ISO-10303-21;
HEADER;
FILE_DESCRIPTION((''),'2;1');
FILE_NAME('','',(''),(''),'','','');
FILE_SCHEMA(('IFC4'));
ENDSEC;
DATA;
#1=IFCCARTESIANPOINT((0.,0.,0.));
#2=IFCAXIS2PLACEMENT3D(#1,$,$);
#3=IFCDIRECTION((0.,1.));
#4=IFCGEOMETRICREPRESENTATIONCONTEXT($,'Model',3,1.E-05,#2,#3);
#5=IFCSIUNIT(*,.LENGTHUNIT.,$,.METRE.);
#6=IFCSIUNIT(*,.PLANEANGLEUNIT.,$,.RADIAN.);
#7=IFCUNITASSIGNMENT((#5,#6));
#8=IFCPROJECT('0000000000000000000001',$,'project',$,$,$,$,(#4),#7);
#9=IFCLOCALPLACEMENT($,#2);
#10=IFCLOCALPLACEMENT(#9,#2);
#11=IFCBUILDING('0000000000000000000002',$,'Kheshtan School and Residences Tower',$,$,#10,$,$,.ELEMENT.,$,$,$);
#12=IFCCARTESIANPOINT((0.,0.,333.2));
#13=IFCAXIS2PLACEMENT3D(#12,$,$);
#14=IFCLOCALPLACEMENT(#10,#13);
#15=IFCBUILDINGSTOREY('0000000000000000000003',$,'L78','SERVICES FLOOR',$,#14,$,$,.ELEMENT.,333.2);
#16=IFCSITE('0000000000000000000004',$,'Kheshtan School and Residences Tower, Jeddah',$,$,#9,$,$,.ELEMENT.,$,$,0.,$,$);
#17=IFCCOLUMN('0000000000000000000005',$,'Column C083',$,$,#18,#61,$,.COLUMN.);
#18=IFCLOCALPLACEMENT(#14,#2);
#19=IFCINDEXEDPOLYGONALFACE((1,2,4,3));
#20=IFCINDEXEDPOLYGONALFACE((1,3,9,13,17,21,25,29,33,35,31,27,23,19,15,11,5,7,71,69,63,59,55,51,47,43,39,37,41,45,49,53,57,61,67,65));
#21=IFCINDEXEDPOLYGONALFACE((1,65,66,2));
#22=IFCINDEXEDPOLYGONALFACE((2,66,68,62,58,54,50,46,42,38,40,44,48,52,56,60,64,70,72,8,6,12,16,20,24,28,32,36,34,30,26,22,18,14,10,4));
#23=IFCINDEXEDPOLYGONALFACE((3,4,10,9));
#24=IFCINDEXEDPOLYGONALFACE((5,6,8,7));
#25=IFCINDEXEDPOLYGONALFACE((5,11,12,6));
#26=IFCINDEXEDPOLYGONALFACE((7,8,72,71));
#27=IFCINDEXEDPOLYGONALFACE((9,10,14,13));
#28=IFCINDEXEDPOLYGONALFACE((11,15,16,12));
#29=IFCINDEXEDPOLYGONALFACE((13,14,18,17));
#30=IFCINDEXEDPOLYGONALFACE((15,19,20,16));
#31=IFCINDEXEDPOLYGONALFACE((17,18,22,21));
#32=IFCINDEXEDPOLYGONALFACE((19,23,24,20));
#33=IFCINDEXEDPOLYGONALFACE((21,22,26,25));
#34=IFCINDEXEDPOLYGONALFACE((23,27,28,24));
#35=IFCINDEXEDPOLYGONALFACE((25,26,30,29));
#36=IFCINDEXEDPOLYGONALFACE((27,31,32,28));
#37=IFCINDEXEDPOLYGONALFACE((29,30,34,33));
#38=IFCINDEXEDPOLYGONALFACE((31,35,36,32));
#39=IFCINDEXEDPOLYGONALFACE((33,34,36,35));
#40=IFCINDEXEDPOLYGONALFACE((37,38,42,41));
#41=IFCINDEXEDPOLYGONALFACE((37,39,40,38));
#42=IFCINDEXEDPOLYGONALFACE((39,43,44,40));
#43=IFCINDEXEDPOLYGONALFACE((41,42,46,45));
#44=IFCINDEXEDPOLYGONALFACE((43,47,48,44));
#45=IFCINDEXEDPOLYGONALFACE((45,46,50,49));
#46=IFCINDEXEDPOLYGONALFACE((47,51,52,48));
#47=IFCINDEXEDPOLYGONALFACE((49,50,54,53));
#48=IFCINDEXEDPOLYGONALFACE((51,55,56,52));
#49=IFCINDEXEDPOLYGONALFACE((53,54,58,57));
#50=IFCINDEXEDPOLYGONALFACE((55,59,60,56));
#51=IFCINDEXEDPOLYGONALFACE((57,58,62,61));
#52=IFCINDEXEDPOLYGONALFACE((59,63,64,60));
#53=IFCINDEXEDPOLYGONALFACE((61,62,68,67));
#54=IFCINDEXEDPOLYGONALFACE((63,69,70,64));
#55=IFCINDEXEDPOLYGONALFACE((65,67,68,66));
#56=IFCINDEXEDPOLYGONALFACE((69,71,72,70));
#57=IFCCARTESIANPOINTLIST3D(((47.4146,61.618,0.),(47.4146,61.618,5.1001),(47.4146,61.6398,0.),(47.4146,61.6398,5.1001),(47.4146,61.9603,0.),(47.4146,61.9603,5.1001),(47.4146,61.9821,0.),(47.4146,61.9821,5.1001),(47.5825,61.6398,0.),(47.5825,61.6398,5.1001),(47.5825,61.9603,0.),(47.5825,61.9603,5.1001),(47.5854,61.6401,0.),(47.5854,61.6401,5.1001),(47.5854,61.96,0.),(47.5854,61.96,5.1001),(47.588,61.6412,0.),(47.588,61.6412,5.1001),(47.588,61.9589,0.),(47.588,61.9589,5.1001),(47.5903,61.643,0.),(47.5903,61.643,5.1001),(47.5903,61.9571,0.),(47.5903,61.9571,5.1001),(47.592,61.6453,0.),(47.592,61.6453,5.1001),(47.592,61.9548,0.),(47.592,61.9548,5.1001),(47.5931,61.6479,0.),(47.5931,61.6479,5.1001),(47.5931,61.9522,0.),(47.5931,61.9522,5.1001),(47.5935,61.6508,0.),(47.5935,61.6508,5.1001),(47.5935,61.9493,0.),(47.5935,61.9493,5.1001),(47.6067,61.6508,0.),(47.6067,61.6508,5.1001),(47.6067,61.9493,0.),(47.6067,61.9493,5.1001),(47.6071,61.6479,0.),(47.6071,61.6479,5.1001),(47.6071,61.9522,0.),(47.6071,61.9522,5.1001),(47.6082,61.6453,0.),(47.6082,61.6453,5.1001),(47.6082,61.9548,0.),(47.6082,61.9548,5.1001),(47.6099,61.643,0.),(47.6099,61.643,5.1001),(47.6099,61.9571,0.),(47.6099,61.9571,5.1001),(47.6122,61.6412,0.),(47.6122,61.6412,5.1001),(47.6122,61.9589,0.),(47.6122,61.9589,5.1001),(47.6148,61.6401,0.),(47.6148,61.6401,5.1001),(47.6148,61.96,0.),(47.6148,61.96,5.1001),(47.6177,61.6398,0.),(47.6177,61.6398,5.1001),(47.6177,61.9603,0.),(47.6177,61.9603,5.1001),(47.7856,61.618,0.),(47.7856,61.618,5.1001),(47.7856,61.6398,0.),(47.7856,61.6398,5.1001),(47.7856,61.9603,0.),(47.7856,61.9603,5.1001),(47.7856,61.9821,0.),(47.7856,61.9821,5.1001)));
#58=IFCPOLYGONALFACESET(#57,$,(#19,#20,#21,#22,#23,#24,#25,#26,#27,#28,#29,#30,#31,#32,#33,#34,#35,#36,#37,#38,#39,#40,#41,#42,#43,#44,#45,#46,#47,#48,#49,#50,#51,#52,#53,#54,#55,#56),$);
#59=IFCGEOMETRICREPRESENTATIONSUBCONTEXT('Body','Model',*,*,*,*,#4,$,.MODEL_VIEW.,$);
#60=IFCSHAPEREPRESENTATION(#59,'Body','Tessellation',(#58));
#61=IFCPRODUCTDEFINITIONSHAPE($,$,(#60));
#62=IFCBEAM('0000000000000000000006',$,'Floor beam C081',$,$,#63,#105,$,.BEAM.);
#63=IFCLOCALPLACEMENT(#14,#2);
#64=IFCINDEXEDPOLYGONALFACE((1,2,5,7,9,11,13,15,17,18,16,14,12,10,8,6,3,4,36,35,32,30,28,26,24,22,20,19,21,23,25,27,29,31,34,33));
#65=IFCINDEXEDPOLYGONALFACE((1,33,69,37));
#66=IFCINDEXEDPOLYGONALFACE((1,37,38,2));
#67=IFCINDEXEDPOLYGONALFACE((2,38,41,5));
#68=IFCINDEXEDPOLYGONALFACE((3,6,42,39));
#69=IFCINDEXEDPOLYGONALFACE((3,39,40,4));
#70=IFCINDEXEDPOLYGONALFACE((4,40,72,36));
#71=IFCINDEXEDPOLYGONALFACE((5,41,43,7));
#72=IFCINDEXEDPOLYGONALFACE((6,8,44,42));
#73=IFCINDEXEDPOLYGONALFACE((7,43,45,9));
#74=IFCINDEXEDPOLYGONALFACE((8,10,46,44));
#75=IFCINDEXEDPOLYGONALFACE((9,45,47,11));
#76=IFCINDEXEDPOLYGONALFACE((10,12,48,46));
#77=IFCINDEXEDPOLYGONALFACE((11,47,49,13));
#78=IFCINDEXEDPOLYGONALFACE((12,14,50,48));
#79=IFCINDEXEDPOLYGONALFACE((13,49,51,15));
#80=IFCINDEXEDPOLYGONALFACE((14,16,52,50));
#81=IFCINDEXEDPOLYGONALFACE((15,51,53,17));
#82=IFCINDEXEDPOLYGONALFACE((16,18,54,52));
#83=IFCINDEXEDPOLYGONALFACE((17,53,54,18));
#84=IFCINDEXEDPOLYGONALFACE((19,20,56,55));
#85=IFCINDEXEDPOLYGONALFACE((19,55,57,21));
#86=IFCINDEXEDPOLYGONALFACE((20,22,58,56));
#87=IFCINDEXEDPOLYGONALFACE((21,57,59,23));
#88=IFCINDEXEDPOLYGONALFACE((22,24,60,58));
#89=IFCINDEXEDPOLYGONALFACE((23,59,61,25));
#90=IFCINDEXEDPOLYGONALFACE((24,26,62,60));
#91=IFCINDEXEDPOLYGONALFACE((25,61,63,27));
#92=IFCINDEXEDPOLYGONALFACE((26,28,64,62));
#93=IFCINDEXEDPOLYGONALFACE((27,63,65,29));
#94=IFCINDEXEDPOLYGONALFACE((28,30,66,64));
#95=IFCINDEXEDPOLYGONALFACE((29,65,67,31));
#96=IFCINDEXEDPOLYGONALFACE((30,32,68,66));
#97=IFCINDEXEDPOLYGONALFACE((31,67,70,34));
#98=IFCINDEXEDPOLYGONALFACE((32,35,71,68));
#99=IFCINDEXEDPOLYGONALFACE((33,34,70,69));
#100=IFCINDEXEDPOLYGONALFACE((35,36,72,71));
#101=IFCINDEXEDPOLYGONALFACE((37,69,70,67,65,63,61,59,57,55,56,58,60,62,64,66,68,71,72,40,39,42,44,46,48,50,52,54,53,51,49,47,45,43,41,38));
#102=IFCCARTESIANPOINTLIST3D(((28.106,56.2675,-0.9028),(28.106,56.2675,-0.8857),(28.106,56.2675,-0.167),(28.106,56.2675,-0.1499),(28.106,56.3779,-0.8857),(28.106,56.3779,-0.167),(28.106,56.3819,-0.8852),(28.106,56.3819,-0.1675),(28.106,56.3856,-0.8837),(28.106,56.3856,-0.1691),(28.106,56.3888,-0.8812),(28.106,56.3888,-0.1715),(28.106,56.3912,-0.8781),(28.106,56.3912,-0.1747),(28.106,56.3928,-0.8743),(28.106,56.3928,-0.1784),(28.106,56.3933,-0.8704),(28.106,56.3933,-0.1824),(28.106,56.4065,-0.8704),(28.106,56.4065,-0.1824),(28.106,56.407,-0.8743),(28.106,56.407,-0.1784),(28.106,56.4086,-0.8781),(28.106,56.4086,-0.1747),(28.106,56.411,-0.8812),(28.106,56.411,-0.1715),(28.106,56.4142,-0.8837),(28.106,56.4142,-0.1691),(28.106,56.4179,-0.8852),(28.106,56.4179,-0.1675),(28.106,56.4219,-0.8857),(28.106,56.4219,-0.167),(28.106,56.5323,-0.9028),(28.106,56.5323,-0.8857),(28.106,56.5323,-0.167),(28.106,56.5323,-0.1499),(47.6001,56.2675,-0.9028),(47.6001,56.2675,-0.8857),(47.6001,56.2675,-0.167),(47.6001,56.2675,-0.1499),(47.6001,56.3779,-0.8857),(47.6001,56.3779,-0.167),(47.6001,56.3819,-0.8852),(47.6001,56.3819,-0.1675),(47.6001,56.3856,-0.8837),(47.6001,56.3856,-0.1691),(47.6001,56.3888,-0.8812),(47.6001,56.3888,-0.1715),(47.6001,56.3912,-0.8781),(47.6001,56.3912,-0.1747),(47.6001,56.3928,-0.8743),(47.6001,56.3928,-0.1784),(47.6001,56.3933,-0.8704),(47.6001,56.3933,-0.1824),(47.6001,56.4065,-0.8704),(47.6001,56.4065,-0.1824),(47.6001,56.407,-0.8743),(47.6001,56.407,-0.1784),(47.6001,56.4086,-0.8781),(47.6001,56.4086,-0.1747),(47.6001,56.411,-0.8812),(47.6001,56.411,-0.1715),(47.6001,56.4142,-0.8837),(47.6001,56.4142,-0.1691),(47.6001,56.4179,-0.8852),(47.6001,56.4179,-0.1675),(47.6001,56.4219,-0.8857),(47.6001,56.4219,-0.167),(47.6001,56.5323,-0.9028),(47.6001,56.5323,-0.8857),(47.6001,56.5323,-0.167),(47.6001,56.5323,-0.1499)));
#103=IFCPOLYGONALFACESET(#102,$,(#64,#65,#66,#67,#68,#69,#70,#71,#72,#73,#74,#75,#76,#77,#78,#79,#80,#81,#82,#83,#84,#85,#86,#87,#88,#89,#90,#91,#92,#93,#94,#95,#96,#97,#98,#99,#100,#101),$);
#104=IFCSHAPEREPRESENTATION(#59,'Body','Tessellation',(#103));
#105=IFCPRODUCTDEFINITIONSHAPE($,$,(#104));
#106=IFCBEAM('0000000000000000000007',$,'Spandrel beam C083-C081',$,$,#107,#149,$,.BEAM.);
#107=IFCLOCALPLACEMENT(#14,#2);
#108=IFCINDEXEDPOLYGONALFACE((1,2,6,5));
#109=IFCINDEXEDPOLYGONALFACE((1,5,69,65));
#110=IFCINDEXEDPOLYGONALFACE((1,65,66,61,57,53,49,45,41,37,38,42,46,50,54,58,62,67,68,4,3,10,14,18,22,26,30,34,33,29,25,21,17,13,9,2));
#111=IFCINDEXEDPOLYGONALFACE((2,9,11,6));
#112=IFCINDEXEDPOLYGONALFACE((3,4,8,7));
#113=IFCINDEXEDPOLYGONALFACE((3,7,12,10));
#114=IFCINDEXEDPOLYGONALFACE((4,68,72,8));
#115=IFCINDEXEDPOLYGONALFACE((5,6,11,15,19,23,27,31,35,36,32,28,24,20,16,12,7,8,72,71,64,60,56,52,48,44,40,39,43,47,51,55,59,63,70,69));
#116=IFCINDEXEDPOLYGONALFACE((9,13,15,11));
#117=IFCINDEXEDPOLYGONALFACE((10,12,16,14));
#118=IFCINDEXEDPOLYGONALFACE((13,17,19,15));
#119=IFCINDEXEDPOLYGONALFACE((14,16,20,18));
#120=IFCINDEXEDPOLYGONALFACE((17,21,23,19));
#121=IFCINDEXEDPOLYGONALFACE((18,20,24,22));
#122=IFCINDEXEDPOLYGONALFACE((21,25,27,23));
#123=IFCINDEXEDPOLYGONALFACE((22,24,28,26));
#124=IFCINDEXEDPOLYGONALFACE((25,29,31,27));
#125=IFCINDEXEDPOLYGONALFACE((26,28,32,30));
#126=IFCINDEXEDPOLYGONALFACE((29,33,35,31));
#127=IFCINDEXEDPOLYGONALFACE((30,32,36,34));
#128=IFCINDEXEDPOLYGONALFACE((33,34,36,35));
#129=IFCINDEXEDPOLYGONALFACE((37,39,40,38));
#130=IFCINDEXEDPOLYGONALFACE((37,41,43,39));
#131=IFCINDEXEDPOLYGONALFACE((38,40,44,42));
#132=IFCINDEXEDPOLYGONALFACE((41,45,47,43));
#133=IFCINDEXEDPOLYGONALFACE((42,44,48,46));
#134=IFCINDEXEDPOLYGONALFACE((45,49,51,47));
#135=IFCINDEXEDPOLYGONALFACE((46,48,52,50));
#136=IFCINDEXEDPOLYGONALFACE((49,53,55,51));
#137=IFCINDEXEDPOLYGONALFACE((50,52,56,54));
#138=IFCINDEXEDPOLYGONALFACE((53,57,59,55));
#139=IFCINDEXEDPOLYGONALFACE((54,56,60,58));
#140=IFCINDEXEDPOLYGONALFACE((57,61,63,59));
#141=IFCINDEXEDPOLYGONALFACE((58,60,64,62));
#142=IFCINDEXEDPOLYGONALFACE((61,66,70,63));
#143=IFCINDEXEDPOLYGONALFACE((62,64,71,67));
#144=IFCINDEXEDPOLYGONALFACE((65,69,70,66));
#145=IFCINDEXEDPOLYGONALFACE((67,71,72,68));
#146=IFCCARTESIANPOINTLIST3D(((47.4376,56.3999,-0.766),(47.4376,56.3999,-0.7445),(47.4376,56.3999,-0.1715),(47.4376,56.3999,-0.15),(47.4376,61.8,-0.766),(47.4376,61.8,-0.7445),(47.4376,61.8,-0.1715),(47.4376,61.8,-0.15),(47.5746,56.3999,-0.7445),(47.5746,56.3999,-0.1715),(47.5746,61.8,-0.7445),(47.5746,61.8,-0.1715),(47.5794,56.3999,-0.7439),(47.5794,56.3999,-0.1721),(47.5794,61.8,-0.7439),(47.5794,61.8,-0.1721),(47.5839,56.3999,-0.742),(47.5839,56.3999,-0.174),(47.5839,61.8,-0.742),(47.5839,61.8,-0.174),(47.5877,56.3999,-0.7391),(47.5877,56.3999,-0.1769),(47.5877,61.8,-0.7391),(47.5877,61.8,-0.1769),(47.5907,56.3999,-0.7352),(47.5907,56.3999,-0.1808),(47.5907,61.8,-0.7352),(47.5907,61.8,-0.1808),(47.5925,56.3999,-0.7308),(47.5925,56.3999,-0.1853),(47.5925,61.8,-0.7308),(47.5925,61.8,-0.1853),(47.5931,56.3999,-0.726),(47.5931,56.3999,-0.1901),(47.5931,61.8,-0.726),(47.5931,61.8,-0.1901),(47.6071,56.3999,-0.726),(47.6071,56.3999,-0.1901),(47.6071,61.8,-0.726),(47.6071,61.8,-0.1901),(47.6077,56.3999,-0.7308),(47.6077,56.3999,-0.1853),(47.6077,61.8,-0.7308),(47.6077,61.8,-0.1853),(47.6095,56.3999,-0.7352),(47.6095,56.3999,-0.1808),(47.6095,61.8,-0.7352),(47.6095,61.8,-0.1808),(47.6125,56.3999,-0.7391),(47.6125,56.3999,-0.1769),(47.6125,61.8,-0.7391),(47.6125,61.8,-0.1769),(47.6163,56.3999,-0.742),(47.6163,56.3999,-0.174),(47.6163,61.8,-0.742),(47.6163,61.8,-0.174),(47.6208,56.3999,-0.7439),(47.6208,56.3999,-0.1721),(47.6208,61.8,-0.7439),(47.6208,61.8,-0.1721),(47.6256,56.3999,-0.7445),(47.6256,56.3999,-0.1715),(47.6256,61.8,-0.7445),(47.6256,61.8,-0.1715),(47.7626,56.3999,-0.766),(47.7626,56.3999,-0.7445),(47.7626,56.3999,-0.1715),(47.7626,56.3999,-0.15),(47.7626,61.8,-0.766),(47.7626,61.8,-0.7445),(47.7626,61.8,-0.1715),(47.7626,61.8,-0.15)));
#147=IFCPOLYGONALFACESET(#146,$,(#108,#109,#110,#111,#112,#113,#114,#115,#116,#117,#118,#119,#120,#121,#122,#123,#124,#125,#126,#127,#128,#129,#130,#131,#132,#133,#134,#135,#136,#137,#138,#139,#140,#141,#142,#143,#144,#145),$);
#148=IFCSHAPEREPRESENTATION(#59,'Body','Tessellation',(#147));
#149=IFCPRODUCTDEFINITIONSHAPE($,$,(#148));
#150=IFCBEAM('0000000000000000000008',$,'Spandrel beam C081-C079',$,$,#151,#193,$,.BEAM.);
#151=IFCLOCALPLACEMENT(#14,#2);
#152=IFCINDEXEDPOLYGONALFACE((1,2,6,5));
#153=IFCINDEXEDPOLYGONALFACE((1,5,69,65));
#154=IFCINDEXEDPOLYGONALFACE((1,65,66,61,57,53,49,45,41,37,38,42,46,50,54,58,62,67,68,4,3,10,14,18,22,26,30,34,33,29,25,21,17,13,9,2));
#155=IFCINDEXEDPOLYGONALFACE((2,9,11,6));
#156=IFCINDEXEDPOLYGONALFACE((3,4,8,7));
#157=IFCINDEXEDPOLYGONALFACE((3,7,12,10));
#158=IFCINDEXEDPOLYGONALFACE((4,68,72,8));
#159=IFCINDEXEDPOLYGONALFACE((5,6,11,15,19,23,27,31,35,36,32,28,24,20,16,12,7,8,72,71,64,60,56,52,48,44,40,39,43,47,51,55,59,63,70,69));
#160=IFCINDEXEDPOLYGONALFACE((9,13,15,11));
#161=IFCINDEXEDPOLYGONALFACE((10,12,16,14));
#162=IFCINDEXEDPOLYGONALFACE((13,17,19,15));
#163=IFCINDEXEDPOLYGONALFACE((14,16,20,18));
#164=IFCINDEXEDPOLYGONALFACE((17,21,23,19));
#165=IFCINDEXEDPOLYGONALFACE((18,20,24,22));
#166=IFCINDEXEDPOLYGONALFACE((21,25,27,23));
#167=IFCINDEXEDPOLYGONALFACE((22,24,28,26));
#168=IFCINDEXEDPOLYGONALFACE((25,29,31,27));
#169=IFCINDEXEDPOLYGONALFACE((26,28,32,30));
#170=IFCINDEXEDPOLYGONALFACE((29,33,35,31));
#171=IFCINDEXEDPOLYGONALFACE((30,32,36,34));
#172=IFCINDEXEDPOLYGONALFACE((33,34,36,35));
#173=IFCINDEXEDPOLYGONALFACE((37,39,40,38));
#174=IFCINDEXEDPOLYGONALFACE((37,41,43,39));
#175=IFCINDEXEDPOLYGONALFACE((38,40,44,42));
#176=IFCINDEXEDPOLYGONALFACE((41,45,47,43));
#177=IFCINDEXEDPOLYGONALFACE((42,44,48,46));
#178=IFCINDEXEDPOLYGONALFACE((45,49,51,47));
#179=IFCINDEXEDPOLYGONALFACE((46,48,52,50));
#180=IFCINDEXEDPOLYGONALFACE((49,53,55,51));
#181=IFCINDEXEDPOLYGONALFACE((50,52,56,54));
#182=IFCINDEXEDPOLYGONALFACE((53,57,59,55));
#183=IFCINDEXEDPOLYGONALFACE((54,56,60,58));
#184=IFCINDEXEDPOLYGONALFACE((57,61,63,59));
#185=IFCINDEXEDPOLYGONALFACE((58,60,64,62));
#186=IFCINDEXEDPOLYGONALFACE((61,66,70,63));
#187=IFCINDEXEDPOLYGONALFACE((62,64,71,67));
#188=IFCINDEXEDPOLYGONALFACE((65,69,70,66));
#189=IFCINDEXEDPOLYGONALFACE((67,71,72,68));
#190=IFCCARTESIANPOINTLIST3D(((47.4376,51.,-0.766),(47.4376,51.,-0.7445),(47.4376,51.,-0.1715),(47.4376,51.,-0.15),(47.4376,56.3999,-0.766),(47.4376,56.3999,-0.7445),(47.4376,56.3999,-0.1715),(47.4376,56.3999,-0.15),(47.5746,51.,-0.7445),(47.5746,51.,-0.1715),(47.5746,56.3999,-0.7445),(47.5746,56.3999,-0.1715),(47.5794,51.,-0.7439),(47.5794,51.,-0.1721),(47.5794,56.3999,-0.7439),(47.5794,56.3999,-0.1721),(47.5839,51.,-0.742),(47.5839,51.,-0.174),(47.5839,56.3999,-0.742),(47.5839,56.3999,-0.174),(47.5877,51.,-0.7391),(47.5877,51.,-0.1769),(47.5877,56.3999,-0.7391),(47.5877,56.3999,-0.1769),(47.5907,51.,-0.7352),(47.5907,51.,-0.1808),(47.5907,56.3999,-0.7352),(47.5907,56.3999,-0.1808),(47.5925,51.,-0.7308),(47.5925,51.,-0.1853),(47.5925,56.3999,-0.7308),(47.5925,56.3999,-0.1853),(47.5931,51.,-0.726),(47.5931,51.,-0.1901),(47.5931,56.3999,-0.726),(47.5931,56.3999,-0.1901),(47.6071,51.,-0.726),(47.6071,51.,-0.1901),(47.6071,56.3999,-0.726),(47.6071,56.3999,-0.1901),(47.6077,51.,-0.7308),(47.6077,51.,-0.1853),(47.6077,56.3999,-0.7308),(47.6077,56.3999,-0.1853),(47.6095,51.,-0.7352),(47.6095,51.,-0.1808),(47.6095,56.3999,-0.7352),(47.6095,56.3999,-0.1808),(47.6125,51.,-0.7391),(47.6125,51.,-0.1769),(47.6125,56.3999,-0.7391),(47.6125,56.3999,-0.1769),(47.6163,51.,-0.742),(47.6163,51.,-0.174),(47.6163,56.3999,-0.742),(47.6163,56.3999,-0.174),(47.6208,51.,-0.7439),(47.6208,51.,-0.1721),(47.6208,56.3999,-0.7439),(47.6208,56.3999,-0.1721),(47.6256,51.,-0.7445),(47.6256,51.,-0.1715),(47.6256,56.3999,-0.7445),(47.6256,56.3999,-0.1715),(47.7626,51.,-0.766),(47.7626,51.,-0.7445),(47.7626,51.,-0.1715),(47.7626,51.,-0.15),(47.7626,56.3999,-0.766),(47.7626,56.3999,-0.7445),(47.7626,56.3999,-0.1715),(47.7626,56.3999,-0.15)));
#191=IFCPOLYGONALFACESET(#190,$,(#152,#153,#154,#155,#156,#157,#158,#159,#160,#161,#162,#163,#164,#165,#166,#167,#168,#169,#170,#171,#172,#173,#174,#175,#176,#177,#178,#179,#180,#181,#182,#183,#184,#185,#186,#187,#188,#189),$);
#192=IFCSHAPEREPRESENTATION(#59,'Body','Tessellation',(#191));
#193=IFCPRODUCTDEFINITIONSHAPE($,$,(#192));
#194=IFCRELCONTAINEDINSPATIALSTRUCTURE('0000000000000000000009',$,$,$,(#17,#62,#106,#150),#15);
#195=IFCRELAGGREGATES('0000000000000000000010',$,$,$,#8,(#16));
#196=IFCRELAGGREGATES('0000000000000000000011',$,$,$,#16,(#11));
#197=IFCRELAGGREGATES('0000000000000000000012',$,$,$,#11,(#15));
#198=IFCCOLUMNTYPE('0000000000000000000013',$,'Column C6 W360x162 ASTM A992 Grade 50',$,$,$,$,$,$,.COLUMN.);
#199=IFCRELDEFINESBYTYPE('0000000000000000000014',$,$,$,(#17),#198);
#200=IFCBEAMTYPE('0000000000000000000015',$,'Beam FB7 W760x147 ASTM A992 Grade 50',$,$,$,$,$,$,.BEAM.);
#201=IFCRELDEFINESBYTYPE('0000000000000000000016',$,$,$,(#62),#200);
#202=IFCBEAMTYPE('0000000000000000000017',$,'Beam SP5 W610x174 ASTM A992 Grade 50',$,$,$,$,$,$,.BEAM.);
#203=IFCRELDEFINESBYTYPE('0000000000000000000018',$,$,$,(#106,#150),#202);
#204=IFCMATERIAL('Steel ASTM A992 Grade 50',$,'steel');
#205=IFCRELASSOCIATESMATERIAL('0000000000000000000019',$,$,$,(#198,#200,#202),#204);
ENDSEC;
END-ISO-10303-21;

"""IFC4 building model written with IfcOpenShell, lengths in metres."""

from ifc_helpers import new_model, si_unit, direction, frame, origin, origin_2d, place, context, subcontext, project, spatial, i_section, extrude, material, material_profile, profile_set, type_object, element, save


model = new_model("IFC4")

# Units and contexts
model_context = context("Model", 3, precision=1e-05, world=origin(), true_north=direction((0.0, 1.0)))
body_context = subcontext(model_context, "Body", "Model", "MODEL_VIEW")
ifc_project = project(units=[si_unit("LENGTHUNIT", "METRE"), si_unit("PLANEANGLEUNIT", "RADIAN")], contexts=[model_context])

# Site, building, storey
site_placement = place(None, origin())
site = spatial("IfcSite", under=ifc_project, at=site_placement, Name="Kheshtan School and Residences Tower, Jeddah", CompositionType="ELEMENT", RefElevation=0.0)
building_placement = place(site_placement, origin())
building = spatial("IfcBuilding", under=site, at=building_placement, Name="Kheshtan School and Residences Tower", CompositionType="ELEMENT")
storey_placement = place(building_placement, frame((0.0, 0.0, 333.2)))
storey = spatial("IfcBuildingStorey", under=building, at=storey_placement, Name="L78", Description="SERVICES FLOOR", CompositionType="ELEMENT", Elevation=333.2)

# Column
ifc_material_1 = material(Name="Steel ASTM A992 Grade 50", Category="steel")
ifc_material_profile_1 = material_profile(ifc_material_1, i_section(OverallWidth=0.3711, OverallDepth=0.364, WebThickness=0.0132, FlangeThickness=0.0217, FilletRadius=0.011, at=origin_2d()), Name="W360x162")
ifc_profile_set_1 = profile_set([ifc_material_profile_1], Name="Steel ASTM A992 Grade 50")
column_type = type_object("IfcColumnType", Name="Column C6 W360x162 ASTM A992 Grade 50", PredefinedType="COLUMN", material=ifc_profile_set_1)
column_placement = place(storey_placement, frame((47.6001, 61.8, 0.0), z_axis=(0.0, 0.0, 1.0), x_axis=(1.0, 0.0, 0.0)))
element("IfcColumn", 1, at=column_placement, inside=storey, type_object=column_type, Name="Column C083", PredefinedType="COLUMN", context=body_context, shape_type="SweptSolid", body=[
    extrude(i_section(OverallWidth=0.3711, OverallDepth=0.364, WebThickness=0.0132, FlangeThickness=0.0217, FilletRadius=0.011, at=origin_2d()), origin(), (0.0, 0.0, 1.0), 5.1001),
])

# Beams
ifc_material_profile_2 = material_profile(ifc_material_1, i_section(OverallWidth=0.2649, OverallDepth=0.7529, WebThickness=0.0132, FlangeThickness=0.0171, FilletRadius=0.0154, at=origin_2d()), Name="W760x147")
ifc_profile_set_2 = profile_set([ifc_material_profile_2], Name="Steel ASTM A992 Grade 50")
beam_type_1 = type_object("IfcBeamType", Name="Beam FB7 W760x147 ASTM A992 Grade 50", PredefinedType="BEAM", material=ifc_profile_set_2)
beam_1_placement = place(storey_placement, frame((47.6001, 56.3999, -0.5264), z_axis=(-1.0, 0.0, 0.0), x_axis=(0.0, -1.0, 0.0)))
element("IfcBeam", 2, at=beam_1_placement, inside=storey, type_object=beam_type_1, Name="Floor beam C081", PredefinedType="BEAM", context=body_context, shape_type="SweptSolid", body=[
    extrude(i_section(OverallWidth=0.2649, OverallDepth=0.7529, WebThickness=0.0132, FlangeThickness=0.0171, FilletRadius=0.0154, at=origin_2d()), origin(), (0.0, 0.0, 1.0), 19.4941),
])
ifc_material_profile_3 = material_profile(ifc_material_1, i_section(OverallWidth=0.325, OverallDepth=0.616, WebThickness=0.0139, FlangeThickness=0.0215, FilletRadius=0.0186, at=origin_2d()), Name="W610x174")
ifc_profile_set_3 = profile_set([ifc_material_profile_3], Name="Steel ASTM A992 Grade 50")
beam_type_2 = type_object("IfcBeamType", Name="Beam SP5 W610x174 ASTM A992 Grade 50", PredefinedType="BEAM", material=ifc_profile_set_3)
beam_2_placement = place(storey_placement, frame((47.6001, 61.8, -0.458), z_axis=(0.0, -1.0, 0.0), x_axis=(1.0, 0.0, 0.0)))
element("IfcBeam", 3, at=beam_2_placement, inside=storey, type_object=beam_type_2, Name="Spandrel beam C083-C081", PredefinedType="BEAM", context=body_context, shape_type="SweptSolid", body=[
    extrude(i_section(OverallWidth=0.325, OverallDepth=0.616, WebThickness=0.0139, FlangeThickness=0.0215, FilletRadius=0.0186, at=origin_2d()), origin(), (0.0, 0.0, 1.0), 5.4001),
])
beam_3_placement = place(storey_placement, frame((47.6001, 56.3999, -0.458), z_axis=(0.0, -1.0, 0.0), x_axis=(1.0, 0.0, 0.0)))
element("IfcBeam", 4, at=beam_3_placement, inside=storey, type_object=beam_type_2, Name="Spandrel beam C081-C079", PredefinedType="BEAM", context=body_context, shape_type="SweptSolid", body=[
    extrude(i_section(OverallWidth=0.325, OverallDepth=0.616, WebThickness=0.0139, FlangeThickness=0.0215, FilletRadius=0.0186, at=origin_2d()), origin(), (0.0, 0.0, 1.0), 5.3999),
])

save(model, "model.ifc")
